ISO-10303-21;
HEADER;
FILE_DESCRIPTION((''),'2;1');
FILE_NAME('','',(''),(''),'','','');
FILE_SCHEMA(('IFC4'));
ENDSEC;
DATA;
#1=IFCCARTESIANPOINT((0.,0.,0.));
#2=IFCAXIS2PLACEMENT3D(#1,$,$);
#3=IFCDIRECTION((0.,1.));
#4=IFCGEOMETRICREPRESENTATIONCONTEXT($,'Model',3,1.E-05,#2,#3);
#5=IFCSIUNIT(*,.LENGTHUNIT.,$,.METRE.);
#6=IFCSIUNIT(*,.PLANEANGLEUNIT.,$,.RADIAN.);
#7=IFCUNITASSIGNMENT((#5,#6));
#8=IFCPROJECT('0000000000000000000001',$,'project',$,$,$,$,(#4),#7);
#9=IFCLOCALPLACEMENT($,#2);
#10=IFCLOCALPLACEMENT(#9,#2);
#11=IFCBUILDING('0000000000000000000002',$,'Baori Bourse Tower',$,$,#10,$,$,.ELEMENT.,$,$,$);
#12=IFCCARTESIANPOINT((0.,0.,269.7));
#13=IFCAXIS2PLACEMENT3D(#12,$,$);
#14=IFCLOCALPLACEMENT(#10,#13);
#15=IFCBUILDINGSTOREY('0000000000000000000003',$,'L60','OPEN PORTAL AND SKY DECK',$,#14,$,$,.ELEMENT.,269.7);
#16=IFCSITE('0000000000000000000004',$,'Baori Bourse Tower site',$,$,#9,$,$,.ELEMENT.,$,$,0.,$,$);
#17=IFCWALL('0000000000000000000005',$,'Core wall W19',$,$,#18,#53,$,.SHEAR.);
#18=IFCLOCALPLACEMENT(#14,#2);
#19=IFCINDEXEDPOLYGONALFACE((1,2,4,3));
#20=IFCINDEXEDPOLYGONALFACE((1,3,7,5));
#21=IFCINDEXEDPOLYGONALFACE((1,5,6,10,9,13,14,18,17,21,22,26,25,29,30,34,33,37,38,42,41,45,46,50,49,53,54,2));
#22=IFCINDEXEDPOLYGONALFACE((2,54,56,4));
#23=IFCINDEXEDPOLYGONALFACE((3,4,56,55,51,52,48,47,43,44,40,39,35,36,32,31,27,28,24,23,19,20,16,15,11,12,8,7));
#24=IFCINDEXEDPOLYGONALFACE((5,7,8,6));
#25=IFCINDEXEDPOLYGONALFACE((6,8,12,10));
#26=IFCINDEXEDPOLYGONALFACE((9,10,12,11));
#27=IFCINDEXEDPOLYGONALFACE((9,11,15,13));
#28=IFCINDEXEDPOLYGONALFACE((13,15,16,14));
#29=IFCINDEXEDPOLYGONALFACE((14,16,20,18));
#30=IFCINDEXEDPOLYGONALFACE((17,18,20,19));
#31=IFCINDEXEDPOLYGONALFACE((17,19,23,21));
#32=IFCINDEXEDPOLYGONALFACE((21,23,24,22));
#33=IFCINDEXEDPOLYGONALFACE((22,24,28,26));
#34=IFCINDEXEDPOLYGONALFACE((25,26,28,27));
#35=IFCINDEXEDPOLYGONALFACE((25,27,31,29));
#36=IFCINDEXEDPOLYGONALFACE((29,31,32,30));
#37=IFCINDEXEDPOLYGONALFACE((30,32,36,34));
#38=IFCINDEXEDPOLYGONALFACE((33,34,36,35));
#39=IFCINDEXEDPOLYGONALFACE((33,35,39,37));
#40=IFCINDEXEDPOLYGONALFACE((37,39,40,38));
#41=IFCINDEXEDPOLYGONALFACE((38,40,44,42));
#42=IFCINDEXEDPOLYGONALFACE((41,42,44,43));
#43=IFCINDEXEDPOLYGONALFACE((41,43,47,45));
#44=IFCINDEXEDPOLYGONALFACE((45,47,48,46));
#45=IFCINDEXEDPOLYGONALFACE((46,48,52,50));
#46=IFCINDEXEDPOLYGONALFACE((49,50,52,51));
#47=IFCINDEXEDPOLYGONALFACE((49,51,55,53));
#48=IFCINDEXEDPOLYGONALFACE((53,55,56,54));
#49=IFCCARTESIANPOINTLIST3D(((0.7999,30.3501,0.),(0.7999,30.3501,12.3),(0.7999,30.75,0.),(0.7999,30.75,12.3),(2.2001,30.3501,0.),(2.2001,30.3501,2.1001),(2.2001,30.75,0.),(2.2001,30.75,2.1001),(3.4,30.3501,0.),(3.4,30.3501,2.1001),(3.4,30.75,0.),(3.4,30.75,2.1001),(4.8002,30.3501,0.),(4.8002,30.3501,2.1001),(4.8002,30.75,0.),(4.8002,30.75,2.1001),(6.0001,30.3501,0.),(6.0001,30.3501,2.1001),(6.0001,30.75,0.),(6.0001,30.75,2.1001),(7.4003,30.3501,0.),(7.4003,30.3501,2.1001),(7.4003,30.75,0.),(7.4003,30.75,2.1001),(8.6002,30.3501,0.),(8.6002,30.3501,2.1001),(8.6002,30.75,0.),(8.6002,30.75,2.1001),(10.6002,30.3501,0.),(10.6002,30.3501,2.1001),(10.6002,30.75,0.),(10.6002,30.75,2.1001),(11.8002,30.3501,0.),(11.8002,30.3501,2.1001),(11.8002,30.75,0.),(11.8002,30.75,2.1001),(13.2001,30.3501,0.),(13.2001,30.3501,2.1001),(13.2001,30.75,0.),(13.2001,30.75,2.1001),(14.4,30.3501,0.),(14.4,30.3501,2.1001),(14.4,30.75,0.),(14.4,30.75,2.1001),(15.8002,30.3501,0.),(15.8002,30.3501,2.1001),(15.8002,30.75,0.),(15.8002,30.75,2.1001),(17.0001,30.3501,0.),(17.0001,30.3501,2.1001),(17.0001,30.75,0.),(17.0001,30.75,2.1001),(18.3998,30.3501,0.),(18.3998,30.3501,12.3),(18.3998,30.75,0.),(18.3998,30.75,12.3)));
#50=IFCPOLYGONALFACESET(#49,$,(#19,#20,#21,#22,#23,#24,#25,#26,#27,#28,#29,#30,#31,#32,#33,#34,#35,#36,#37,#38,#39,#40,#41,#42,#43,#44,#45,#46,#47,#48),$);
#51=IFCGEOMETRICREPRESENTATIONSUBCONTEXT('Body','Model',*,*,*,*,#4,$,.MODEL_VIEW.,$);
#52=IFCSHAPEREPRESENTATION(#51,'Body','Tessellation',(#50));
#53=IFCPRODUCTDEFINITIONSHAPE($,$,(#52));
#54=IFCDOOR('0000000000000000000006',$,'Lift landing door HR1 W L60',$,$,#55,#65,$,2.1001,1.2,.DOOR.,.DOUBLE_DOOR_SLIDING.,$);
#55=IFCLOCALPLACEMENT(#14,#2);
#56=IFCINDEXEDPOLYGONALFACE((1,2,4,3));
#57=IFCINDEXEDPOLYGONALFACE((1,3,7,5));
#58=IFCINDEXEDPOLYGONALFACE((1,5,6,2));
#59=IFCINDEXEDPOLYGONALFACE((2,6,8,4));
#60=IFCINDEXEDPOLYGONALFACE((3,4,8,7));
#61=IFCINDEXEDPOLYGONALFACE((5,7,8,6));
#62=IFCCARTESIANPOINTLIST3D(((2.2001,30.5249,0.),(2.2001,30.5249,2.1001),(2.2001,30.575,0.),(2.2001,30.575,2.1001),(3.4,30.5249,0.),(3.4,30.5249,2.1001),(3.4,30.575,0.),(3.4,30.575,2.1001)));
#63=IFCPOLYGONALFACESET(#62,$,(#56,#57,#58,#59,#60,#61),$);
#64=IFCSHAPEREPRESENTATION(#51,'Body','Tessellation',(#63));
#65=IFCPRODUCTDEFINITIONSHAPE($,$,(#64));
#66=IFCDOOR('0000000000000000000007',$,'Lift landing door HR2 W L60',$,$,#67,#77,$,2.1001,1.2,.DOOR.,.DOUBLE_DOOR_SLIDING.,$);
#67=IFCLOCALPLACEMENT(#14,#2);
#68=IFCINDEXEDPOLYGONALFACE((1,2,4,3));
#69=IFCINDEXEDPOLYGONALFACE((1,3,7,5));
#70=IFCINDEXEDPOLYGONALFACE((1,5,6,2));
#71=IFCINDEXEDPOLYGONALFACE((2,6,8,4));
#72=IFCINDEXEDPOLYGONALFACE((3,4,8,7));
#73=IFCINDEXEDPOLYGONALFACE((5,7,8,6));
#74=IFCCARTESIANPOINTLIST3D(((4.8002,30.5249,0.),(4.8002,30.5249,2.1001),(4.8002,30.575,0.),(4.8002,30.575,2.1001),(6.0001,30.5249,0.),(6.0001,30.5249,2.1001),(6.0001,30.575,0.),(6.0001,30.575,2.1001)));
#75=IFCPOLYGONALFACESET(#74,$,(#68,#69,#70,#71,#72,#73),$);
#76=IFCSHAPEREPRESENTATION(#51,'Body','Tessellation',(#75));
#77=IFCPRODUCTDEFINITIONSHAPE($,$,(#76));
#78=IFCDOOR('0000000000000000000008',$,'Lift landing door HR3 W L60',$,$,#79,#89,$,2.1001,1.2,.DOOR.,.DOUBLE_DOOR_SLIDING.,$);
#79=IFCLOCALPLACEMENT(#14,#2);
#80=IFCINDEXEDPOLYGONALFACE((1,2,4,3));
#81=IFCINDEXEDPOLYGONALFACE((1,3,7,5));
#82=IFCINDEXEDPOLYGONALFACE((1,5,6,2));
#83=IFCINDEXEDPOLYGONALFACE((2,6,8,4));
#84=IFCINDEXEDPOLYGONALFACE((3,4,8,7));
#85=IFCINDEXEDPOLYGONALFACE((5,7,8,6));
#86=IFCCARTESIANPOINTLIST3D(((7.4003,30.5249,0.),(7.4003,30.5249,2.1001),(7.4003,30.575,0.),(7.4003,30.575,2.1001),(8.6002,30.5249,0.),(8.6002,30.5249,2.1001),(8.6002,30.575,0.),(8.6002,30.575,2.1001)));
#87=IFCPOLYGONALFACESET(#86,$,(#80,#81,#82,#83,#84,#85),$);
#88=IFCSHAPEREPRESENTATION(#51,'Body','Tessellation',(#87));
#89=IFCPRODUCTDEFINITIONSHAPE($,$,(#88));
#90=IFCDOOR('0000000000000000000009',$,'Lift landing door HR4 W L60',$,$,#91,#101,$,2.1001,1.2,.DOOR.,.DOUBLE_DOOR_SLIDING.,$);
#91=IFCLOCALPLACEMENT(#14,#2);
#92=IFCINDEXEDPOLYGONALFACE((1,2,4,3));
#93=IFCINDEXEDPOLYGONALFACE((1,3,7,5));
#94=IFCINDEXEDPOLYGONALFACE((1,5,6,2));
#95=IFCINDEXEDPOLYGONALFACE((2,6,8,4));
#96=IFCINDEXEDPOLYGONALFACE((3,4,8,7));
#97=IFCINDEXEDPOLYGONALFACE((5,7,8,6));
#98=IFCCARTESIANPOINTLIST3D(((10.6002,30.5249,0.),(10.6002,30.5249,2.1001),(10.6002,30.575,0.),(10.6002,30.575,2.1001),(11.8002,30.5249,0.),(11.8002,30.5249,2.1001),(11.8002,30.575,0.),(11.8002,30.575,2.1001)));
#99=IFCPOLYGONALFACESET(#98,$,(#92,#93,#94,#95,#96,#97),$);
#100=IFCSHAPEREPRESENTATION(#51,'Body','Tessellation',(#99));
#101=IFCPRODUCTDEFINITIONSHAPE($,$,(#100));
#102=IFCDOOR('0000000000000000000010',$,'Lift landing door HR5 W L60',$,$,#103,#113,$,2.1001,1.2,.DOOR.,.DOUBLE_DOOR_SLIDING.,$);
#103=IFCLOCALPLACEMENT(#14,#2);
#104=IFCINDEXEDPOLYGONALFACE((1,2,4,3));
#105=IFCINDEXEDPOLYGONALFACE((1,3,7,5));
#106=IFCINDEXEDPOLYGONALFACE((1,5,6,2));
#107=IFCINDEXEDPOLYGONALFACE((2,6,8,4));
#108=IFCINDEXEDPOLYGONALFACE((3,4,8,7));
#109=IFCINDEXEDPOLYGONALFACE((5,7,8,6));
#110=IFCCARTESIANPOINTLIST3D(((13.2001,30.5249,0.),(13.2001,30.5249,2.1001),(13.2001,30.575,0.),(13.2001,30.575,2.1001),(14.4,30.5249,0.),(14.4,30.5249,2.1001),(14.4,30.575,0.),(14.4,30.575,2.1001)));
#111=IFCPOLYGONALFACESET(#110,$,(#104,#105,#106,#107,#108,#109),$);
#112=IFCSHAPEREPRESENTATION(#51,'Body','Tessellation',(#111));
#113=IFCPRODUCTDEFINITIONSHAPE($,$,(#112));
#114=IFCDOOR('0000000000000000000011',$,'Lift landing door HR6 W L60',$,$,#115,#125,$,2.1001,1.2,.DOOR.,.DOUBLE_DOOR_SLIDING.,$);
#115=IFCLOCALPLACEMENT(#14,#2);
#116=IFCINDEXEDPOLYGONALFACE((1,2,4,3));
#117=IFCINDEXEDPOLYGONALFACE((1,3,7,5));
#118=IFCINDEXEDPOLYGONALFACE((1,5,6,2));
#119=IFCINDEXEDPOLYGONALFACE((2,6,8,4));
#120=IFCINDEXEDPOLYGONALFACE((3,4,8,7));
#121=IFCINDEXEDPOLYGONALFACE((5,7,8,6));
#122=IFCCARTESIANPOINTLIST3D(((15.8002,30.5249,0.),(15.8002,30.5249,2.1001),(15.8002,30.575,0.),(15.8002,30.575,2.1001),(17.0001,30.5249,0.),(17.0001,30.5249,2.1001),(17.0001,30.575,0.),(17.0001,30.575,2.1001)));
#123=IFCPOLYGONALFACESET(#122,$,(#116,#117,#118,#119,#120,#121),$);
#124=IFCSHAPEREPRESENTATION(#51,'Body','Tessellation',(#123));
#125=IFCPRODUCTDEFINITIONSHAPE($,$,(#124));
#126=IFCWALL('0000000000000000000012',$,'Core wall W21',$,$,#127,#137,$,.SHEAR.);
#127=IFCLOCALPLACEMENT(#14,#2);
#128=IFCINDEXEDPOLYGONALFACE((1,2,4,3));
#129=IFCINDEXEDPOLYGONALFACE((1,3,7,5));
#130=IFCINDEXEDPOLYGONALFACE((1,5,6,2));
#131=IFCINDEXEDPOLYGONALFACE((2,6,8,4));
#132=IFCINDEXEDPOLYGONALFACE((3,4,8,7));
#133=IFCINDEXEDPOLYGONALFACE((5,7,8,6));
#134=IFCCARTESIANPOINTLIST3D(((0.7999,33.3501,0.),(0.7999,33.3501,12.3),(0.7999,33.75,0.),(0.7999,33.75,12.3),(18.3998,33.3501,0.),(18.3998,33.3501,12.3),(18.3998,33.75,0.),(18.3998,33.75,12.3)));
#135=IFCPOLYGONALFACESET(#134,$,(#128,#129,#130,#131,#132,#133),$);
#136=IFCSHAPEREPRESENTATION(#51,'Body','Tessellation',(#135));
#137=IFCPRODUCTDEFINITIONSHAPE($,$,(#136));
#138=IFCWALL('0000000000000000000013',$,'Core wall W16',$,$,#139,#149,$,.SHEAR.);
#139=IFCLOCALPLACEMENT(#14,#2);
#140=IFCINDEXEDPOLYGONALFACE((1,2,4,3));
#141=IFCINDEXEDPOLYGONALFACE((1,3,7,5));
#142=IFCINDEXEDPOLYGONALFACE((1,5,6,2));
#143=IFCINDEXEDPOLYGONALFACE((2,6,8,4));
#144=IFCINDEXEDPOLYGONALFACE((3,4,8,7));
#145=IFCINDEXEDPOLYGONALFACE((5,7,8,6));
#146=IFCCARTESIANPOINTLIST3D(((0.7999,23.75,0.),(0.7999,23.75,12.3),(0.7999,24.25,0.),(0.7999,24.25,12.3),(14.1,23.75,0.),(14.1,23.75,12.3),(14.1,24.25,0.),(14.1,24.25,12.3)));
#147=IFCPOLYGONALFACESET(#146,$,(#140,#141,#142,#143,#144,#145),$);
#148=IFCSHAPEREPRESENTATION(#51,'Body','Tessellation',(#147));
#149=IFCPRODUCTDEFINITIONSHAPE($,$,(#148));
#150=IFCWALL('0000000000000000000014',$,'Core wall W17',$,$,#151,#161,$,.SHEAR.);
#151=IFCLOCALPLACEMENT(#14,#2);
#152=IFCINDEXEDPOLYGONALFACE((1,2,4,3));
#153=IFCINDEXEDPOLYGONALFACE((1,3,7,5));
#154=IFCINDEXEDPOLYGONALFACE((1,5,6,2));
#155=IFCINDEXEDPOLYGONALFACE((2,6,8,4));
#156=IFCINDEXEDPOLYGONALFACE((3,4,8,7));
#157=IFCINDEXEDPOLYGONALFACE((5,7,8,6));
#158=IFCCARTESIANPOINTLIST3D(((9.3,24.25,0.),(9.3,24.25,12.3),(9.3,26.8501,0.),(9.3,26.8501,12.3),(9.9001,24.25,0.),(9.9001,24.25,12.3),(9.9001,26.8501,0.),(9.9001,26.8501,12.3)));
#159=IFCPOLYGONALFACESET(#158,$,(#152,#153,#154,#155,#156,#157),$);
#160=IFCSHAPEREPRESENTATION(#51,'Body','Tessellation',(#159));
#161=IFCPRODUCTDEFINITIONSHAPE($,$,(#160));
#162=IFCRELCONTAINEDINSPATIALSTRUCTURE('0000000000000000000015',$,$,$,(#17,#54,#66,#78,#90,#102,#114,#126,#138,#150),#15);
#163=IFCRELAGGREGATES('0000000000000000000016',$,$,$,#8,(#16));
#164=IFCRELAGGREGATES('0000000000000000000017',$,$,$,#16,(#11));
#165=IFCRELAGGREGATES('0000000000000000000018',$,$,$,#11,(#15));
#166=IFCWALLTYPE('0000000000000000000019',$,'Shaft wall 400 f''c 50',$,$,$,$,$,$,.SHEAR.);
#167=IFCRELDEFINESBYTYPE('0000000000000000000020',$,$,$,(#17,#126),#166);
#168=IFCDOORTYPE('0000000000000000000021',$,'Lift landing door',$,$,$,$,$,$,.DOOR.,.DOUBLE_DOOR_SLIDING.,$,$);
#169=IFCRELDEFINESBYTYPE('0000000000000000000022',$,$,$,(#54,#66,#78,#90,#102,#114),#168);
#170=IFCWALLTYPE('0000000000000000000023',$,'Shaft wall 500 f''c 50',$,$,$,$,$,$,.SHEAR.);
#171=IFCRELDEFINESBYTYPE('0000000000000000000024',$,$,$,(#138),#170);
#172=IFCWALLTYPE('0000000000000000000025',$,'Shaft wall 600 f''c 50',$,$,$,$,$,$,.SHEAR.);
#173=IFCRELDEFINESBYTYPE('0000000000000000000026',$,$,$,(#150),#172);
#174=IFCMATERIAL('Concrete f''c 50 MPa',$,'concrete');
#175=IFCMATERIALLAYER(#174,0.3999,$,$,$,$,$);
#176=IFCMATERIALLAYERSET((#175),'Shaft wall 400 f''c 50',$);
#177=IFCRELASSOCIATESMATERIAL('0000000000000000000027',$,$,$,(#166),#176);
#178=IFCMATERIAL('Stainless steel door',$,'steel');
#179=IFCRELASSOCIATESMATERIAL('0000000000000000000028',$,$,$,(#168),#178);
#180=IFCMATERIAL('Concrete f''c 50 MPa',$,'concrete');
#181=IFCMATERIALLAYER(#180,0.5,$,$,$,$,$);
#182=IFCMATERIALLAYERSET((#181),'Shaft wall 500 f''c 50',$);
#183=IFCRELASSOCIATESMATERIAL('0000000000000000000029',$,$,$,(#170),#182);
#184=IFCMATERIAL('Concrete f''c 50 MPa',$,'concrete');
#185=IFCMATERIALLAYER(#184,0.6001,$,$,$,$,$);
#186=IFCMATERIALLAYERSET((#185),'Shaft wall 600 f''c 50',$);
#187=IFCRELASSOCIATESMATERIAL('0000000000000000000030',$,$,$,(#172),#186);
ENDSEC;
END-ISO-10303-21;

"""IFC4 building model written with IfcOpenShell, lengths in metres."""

from ifc_helpers import new_model, si_unit, direction, frame, frame_2d, origin, place, context, subcontext, project, spatial, rectangle, extrude, material, layer, layer_set, type_object, element, fill, save


model = new_model("IFC4")

# Units and contexts
model_context = context("Model", 3, precision=1e-05, world=origin(), true_north=direction((0.0, 1.0)))
body_context = subcontext(model_context, "Body", "Model", "MODEL_VIEW")
ifc_project = project(units=[si_unit("LENGTHUNIT", "METRE"), si_unit("PLANEANGLEUNIT", "RADIAN")], contexts=[model_context])

# Site, building, storey
site_placement = place(None, origin())
site = spatial("IfcSite", under=ifc_project, at=site_placement, Name="Baori Bourse Tower site", CompositionType="ELEMENT", RefElevation=0.0)
building_placement = place(site_placement, origin())
building = spatial("IfcBuilding", under=site, at=building_placement, Name="Baori Bourse Tower", CompositionType="ELEMENT")
storey_placement = place(building_placement, frame((0.0, 0.0, 269.7)))
storey = spatial("IfcBuildingStorey", under=building, at=storey_placement, Name="L60", Description="OPEN PORTAL AND SKY DECK", CompositionType="ELEMENT", Elevation=269.7)

# Wall, openings, doors
ifc_material_1 = material(Name="Concrete f'c 50 MPa", Category="concrete")
ifc_layer_1 = layer(ifc_material_1, 0.3999)
ifc_layer_set_1 = layer_set([ifc_layer_1], Name="Shaft wall 400 f'c 50")
wall_type_1 = type_object("IfcWallType", Name="Shaft wall 400 f'c 50", PredefinedType="SHEAR", material=ifc_layer_set_1)
ifc_material_2 = material(Name="Stainless steel door", Category="steel")
door_type_1 = type_object("IfcDoorType", Name="Lift landing door", OperationType="DOUBLE_DOOR_SLIDING", PredefinedType="DOOR", material=ifc_material_2)
wall_1_placement = place(storey_placement, frame((0.8, 30.55, 0.0), z_axis=(0.0, 0.0, 1.0), x_axis=(1.0, 0.0, 0.0)))
wall_1 = element("IfcWall", 1, at=wall_1_placement, inside=storey, type_object=wall_type_1, Name="Core wall W19", PredefinedType="SHEAR", context=body_context, shape_type="SweptSolid", body=[
    extrude(rectangle(XDim=17.5999, YDim=0.3999, at=frame_2d((8.7998, 0.0))), origin(), (0.0, 0.0, 1.0), 12.3),
])
opening_1_placement = place(wall_1_placement, frame((1.3999, 0.0, 0.0)))
opening_1 = element("IfcOpeningElement", 2, at=opening_1_placement, cuts=wall_1, PredefinedType="OPENING", context=body_context, shape_type="SweptSolid", body=[
    extrude(rectangle(XDim=1.2, YDim=2.1001, at=frame_2d((0.6001, 1.05))), frame((0.0, 0.21, 0.0), z_axis=(0.0, -1.0, 0.0), x_axis=(1.0, 0.0, 0.0)), (0.0, 0.0, 1.0), 0.4199),
])
opening_2_placement = place(wall_1_placement, frame((4.0, 0.0, 0.0)))
opening_2 = element("IfcOpeningElement", 3, at=opening_2_placement, cuts=wall_1, PredefinedType="OPENING", context=body_context, shape_type="SweptSolid", body=[
    extrude(rectangle(XDim=1.2, YDim=2.1001, at=frame_2d((0.6001, 1.05))), frame((0.0, 0.21, 0.0), z_axis=(0.0, -1.0, 0.0), x_axis=(1.0, 0.0, 0.0)), (0.0, 0.0, 1.0), 0.4199),
])
opening_3_placement = place(wall_1_placement, frame((6.6001, 0.0, 0.0)))
opening_3 = element("IfcOpeningElement", 4, at=opening_3_placement, cuts=wall_1, PredefinedType="OPENING", context=body_context, shape_type="SweptSolid", body=[
    extrude(rectangle(XDim=1.2, YDim=2.1001, at=frame_2d((0.6001, 1.05))), frame((0.0, 0.21, 0.0), z_axis=(0.0, -1.0, 0.0), x_axis=(1.0, 0.0, 0.0)), (0.0, 0.0, 1.0), 0.4199),
])
opening_4_placement = place(wall_1_placement, frame((9.8, 0.0, 0.0)))
opening_4 = element("IfcOpeningElement", 5, at=opening_4_placement, cuts=wall_1, PredefinedType="OPENING", context=body_context, shape_type="SweptSolid", body=[
    extrude(rectangle(XDim=1.2, YDim=2.1001, at=frame_2d((0.6001, 1.05))), frame((0.0, 0.21, 0.0), z_axis=(0.0, -1.0, 0.0), x_axis=(1.0, 0.0, 0.0)), (0.0, 0.0, 1.0), 0.4199),
])
opening_5_placement = place(wall_1_placement, frame((12.3999, 0.0, 0.0)))
opening_5 = element("IfcOpeningElement", 6, at=opening_5_placement, cuts=wall_1, PredefinedType="OPENING", context=body_context, shape_type="SweptSolid", body=[
    extrude(rectangle(XDim=1.2, YDim=2.1001, at=frame_2d((0.6001, 1.05))), frame((0.0, 0.21, 0.0), z_axis=(0.0, -1.0, 0.0), x_axis=(1.0, 0.0, 0.0)), (0.0, 0.0, 1.0), 0.4199),
])
opening_6_placement = place(wall_1_placement, frame((15.0, 0.0, 0.0)))
opening_6 = element("IfcOpeningElement", 7, at=opening_6_placement, cuts=wall_1, PredefinedType="OPENING", context=body_context, shape_type="SweptSolid", body=[
    extrude(rectangle(XDim=1.2, YDim=2.1001, at=frame_2d((0.6001, 1.05))), frame((0.0, 0.21, 0.0), z_axis=(0.0, -1.0, 0.0), x_axis=(1.0, 0.0, 0.0)), (0.0, 0.0, 1.0), 0.4199),
])
door_1_placement = place(opening_1_placement, origin())
door_1 = element("IfcDoor", 8, at=door_1_placement, inside=storey, type_object=door_type_1, Name="Lift landing door HR1 W L60", OperationType="DOUBLE_DOOR_SLIDING", OverallHeight=2.1001, OverallWidth=1.2, PredefinedType="DOOR", context=body_context, shape_type="SweptSolid", body=[
    extrude(rectangle(XDim=1.2, YDim=2.1001, at=frame_2d((0.6001, 1.05))), frame((0.0, 0.0249, 0.0), z_axis=(0.0, -1.0, 0.0), x_axis=(1.0, 0.0, 0.0)), (0.0, 0.0, 1.0), 0.05),
])
fill(opening_1, door_1)
door_2_placement = place(opening_2_placement, origin())
door_2 = element("IfcDoor", 9, at=door_2_placement, inside=storey, type_object=door_type_1, Name="Lift landing door HR2 W L60", OperationType="DOUBLE_DOOR_SLIDING", OverallHeight=2.1001, OverallWidth=1.2, PredefinedType="DOOR", context=body_context, shape_type="SweptSolid", body=[
    extrude(rectangle(XDim=1.2, YDim=2.1001, at=frame_2d((0.6001, 1.05))), frame((0.0, 0.0249, 0.0), z_axis=(0.0, -1.0, 0.0), x_axis=(1.0, 0.0, 0.0)), (0.0, 0.0, 1.0), 0.05),
])
fill(opening_2, door_2)
door_3_placement = place(opening_3_placement, origin())
door_3 = element("IfcDoor", 10, at=door_3_placement, inside=storey, type_object=door_type_1, Name="Lift landing door HR3 W L60", OperationType="DOUBLE_DOOR_SLIDING", OverallHeight=2.1001, OverallWidth=1.2, PredefinedType="DOOR", context=body_context, shape_type="SweptSolid", body=[
    extrude(rectangle(XDim=1.2, YDim=2.1001, at=frame_2d((0.6001, 1.05))), frame((0.0, 0.0249, 0.0), z_axis=(0.0, -1.0, 0.0), x_axis=(1.0, 0.0, 0.0)), (0.0, 0.0, 1.0), 0.05),
])
fill(opening_3, door_3)
door_4_placement = place(opening_4_placement, origin())
door_4 = element("IfcDoor", 11, at=door_4_placement, inside=storey, type_object=door_type_1, Name="Lift landing door HR4 W L60", OperationType="DOUBLE_DOOR_SLIDING", OverallHeight=2.1001, OverallWidth=1.2, PredefinedType="DOOR", context=body_context, shape_type="SweptSolid", body=[
    extrude(rectangle(XDim=1.2, YDim=2.1001, at=frame_2d((0.6001, 1.05))), frame((0.0, 0.0249, 0.0), z_axis=(0.0, -1.0, 0.0), x_axis=(1.0, 0.0, 0.0)), (0.0, 0.0, 1.0), 0.05),
])
fill(opening_4, door_4)
door_5_placement = place(opening_5_placement, origin())
door_5 = element("IfcDoor", 12, at=door_5_placement, inside=storey, type_object=door_type_1, Name="Lift landing door HR5 W L60", OperationType="DOUBLE_DOOR_SLIDING", OverallHeight=2.1001, OverallWidth=1.2, PredefinedType="DOOR", context=body_context, shape_type="SweptSolid", body=[
    extrude(rectangle(XDim=1.2, YDim=2.1001, at=frame_2d((0.6001, 1.05))), frame((0.0, 0.0249, 0.0), z_axis=(0.0, -1.0, 0.0), x_axis=(1.0, 0.0, 0.0)), (0.0, 0.0, 1.0), 0.05),
])
fill(opening_5, door_5)
door_6_placement = place(opening_6_placement, origin())
door_6 = element("IfcDoor", 13, at=door_6_placement, inside=storey, type_object=door_type_1, Name="Lift landing door HR6 W L60", OperationType="DOUBLE_DOOR_SLIDING", OverallHeight=2.1001, OverallWidth=1.2, PredefinedType="DOOR", context=body_context, shape_type="SweptSolid", body=[
    extrude(rectangle(XDim=1.2, YDim=2.1001, at=frame_2d((0.6001, 1.05))), frame((0.0, 0.0249, 0.0), z_axis=(0.0, -1.0, 0.0), x_axis=(1.0, 0.0, 0.0)), (0.0, 0.0, 1.0), 0.05),
])
fill(opening_6, door_6)

# Walls
wall_2_placement = place(storey_placement, frame((0.8, 33.55, 0.0), z_axis=(0.0, 0.0, 1.0), x_axis=(1.0, 0.0, 0.0)))
element("IfcWall", 14, at=wall_2_placement, inside=storey, type_object=wall_type_1, Name="Core wall W21", PredefinedType="SHEAR", context=body_context, shape_type="SweptSolid", body=[
    extrude(rectangle(XDim=17.5999, YDim=0.3999, at=frame_2d((8.7998, 0.0))), origin(), (0.0, 0.0, 1.0), 12.3),
])
ifc_material_3 = material(Name="Concrete f'c 50 MPa", Category="concrete")
ifc_layer_2 = layer(ifc_material_3, 0.5)
ifc_layer_set_2 = layer_set([ifc_layer_2], Name="Shaft wall 500 f'c 50")
wall_type_2 = type_object("IfcWallType", Name="Shaft wall 500 f'c 50", PredefinedType="SHEAR", material=ifc_layer_set_2)
wall_3_placement = place(storey_placement, frame((0.8, 24.0, 0.0), z_axis=(0.0, 0.0, 1.0), x_axis=(1.0, 0.0, 0.0)))
element("IfcWall", 15, at=wall_3_placement, inside=storey, type_object=wall_type_2, Name="Core wall W16", PredefinedType="SHEAR", context=body_context, shape_type="SweptSolid", body=[
    extrude(rectangle(XDim=13.3, YDim=0.5, at=frame_2d((6.6499, 0.0))), origin(), (0.0, 0.0, 1.0), 12.3),
])
ifc_material_4 = material(Name="Concrete f'c 50 MPa", Category="concrete")
ifc_layer_3 = layer(ifc_material_4, 0.6001)
ifc_layer_set_3 = layer_set([ifc_layer_3], Name="Shaft wall 600 f'c 50")
wall_type_3 = type_object("IfcWallType", Name="Shaft wall 600 f'c 50", PredefinedType="SHEAR", material=ifc_layer_set_3)
for number, where, z_axis, x_axis, name in (
    (16, (9.6001, 24.25, 0.0), (0.0, 0.0, 1.0), (0.0, 1.0, 0.0), "Core wall W17"),
):
    element("IfcWall", number, at=place(storey_placement, frame(where, z_axis=z_axis, x_axis=x_axis)), inside=storey, type_object=wall_type_3, Name=name, PredefinedType="SHEAR", context=body_context, shape_type="SweptSolid", body=[
        extrude(rectangle(XDim=2.6001, YDim=0.6001, at=frame_2d((1.3, 0.0))), origin(), (0.0, 0.0, 1.0), 12.3),
    ])

save(model, "model.ifc")
